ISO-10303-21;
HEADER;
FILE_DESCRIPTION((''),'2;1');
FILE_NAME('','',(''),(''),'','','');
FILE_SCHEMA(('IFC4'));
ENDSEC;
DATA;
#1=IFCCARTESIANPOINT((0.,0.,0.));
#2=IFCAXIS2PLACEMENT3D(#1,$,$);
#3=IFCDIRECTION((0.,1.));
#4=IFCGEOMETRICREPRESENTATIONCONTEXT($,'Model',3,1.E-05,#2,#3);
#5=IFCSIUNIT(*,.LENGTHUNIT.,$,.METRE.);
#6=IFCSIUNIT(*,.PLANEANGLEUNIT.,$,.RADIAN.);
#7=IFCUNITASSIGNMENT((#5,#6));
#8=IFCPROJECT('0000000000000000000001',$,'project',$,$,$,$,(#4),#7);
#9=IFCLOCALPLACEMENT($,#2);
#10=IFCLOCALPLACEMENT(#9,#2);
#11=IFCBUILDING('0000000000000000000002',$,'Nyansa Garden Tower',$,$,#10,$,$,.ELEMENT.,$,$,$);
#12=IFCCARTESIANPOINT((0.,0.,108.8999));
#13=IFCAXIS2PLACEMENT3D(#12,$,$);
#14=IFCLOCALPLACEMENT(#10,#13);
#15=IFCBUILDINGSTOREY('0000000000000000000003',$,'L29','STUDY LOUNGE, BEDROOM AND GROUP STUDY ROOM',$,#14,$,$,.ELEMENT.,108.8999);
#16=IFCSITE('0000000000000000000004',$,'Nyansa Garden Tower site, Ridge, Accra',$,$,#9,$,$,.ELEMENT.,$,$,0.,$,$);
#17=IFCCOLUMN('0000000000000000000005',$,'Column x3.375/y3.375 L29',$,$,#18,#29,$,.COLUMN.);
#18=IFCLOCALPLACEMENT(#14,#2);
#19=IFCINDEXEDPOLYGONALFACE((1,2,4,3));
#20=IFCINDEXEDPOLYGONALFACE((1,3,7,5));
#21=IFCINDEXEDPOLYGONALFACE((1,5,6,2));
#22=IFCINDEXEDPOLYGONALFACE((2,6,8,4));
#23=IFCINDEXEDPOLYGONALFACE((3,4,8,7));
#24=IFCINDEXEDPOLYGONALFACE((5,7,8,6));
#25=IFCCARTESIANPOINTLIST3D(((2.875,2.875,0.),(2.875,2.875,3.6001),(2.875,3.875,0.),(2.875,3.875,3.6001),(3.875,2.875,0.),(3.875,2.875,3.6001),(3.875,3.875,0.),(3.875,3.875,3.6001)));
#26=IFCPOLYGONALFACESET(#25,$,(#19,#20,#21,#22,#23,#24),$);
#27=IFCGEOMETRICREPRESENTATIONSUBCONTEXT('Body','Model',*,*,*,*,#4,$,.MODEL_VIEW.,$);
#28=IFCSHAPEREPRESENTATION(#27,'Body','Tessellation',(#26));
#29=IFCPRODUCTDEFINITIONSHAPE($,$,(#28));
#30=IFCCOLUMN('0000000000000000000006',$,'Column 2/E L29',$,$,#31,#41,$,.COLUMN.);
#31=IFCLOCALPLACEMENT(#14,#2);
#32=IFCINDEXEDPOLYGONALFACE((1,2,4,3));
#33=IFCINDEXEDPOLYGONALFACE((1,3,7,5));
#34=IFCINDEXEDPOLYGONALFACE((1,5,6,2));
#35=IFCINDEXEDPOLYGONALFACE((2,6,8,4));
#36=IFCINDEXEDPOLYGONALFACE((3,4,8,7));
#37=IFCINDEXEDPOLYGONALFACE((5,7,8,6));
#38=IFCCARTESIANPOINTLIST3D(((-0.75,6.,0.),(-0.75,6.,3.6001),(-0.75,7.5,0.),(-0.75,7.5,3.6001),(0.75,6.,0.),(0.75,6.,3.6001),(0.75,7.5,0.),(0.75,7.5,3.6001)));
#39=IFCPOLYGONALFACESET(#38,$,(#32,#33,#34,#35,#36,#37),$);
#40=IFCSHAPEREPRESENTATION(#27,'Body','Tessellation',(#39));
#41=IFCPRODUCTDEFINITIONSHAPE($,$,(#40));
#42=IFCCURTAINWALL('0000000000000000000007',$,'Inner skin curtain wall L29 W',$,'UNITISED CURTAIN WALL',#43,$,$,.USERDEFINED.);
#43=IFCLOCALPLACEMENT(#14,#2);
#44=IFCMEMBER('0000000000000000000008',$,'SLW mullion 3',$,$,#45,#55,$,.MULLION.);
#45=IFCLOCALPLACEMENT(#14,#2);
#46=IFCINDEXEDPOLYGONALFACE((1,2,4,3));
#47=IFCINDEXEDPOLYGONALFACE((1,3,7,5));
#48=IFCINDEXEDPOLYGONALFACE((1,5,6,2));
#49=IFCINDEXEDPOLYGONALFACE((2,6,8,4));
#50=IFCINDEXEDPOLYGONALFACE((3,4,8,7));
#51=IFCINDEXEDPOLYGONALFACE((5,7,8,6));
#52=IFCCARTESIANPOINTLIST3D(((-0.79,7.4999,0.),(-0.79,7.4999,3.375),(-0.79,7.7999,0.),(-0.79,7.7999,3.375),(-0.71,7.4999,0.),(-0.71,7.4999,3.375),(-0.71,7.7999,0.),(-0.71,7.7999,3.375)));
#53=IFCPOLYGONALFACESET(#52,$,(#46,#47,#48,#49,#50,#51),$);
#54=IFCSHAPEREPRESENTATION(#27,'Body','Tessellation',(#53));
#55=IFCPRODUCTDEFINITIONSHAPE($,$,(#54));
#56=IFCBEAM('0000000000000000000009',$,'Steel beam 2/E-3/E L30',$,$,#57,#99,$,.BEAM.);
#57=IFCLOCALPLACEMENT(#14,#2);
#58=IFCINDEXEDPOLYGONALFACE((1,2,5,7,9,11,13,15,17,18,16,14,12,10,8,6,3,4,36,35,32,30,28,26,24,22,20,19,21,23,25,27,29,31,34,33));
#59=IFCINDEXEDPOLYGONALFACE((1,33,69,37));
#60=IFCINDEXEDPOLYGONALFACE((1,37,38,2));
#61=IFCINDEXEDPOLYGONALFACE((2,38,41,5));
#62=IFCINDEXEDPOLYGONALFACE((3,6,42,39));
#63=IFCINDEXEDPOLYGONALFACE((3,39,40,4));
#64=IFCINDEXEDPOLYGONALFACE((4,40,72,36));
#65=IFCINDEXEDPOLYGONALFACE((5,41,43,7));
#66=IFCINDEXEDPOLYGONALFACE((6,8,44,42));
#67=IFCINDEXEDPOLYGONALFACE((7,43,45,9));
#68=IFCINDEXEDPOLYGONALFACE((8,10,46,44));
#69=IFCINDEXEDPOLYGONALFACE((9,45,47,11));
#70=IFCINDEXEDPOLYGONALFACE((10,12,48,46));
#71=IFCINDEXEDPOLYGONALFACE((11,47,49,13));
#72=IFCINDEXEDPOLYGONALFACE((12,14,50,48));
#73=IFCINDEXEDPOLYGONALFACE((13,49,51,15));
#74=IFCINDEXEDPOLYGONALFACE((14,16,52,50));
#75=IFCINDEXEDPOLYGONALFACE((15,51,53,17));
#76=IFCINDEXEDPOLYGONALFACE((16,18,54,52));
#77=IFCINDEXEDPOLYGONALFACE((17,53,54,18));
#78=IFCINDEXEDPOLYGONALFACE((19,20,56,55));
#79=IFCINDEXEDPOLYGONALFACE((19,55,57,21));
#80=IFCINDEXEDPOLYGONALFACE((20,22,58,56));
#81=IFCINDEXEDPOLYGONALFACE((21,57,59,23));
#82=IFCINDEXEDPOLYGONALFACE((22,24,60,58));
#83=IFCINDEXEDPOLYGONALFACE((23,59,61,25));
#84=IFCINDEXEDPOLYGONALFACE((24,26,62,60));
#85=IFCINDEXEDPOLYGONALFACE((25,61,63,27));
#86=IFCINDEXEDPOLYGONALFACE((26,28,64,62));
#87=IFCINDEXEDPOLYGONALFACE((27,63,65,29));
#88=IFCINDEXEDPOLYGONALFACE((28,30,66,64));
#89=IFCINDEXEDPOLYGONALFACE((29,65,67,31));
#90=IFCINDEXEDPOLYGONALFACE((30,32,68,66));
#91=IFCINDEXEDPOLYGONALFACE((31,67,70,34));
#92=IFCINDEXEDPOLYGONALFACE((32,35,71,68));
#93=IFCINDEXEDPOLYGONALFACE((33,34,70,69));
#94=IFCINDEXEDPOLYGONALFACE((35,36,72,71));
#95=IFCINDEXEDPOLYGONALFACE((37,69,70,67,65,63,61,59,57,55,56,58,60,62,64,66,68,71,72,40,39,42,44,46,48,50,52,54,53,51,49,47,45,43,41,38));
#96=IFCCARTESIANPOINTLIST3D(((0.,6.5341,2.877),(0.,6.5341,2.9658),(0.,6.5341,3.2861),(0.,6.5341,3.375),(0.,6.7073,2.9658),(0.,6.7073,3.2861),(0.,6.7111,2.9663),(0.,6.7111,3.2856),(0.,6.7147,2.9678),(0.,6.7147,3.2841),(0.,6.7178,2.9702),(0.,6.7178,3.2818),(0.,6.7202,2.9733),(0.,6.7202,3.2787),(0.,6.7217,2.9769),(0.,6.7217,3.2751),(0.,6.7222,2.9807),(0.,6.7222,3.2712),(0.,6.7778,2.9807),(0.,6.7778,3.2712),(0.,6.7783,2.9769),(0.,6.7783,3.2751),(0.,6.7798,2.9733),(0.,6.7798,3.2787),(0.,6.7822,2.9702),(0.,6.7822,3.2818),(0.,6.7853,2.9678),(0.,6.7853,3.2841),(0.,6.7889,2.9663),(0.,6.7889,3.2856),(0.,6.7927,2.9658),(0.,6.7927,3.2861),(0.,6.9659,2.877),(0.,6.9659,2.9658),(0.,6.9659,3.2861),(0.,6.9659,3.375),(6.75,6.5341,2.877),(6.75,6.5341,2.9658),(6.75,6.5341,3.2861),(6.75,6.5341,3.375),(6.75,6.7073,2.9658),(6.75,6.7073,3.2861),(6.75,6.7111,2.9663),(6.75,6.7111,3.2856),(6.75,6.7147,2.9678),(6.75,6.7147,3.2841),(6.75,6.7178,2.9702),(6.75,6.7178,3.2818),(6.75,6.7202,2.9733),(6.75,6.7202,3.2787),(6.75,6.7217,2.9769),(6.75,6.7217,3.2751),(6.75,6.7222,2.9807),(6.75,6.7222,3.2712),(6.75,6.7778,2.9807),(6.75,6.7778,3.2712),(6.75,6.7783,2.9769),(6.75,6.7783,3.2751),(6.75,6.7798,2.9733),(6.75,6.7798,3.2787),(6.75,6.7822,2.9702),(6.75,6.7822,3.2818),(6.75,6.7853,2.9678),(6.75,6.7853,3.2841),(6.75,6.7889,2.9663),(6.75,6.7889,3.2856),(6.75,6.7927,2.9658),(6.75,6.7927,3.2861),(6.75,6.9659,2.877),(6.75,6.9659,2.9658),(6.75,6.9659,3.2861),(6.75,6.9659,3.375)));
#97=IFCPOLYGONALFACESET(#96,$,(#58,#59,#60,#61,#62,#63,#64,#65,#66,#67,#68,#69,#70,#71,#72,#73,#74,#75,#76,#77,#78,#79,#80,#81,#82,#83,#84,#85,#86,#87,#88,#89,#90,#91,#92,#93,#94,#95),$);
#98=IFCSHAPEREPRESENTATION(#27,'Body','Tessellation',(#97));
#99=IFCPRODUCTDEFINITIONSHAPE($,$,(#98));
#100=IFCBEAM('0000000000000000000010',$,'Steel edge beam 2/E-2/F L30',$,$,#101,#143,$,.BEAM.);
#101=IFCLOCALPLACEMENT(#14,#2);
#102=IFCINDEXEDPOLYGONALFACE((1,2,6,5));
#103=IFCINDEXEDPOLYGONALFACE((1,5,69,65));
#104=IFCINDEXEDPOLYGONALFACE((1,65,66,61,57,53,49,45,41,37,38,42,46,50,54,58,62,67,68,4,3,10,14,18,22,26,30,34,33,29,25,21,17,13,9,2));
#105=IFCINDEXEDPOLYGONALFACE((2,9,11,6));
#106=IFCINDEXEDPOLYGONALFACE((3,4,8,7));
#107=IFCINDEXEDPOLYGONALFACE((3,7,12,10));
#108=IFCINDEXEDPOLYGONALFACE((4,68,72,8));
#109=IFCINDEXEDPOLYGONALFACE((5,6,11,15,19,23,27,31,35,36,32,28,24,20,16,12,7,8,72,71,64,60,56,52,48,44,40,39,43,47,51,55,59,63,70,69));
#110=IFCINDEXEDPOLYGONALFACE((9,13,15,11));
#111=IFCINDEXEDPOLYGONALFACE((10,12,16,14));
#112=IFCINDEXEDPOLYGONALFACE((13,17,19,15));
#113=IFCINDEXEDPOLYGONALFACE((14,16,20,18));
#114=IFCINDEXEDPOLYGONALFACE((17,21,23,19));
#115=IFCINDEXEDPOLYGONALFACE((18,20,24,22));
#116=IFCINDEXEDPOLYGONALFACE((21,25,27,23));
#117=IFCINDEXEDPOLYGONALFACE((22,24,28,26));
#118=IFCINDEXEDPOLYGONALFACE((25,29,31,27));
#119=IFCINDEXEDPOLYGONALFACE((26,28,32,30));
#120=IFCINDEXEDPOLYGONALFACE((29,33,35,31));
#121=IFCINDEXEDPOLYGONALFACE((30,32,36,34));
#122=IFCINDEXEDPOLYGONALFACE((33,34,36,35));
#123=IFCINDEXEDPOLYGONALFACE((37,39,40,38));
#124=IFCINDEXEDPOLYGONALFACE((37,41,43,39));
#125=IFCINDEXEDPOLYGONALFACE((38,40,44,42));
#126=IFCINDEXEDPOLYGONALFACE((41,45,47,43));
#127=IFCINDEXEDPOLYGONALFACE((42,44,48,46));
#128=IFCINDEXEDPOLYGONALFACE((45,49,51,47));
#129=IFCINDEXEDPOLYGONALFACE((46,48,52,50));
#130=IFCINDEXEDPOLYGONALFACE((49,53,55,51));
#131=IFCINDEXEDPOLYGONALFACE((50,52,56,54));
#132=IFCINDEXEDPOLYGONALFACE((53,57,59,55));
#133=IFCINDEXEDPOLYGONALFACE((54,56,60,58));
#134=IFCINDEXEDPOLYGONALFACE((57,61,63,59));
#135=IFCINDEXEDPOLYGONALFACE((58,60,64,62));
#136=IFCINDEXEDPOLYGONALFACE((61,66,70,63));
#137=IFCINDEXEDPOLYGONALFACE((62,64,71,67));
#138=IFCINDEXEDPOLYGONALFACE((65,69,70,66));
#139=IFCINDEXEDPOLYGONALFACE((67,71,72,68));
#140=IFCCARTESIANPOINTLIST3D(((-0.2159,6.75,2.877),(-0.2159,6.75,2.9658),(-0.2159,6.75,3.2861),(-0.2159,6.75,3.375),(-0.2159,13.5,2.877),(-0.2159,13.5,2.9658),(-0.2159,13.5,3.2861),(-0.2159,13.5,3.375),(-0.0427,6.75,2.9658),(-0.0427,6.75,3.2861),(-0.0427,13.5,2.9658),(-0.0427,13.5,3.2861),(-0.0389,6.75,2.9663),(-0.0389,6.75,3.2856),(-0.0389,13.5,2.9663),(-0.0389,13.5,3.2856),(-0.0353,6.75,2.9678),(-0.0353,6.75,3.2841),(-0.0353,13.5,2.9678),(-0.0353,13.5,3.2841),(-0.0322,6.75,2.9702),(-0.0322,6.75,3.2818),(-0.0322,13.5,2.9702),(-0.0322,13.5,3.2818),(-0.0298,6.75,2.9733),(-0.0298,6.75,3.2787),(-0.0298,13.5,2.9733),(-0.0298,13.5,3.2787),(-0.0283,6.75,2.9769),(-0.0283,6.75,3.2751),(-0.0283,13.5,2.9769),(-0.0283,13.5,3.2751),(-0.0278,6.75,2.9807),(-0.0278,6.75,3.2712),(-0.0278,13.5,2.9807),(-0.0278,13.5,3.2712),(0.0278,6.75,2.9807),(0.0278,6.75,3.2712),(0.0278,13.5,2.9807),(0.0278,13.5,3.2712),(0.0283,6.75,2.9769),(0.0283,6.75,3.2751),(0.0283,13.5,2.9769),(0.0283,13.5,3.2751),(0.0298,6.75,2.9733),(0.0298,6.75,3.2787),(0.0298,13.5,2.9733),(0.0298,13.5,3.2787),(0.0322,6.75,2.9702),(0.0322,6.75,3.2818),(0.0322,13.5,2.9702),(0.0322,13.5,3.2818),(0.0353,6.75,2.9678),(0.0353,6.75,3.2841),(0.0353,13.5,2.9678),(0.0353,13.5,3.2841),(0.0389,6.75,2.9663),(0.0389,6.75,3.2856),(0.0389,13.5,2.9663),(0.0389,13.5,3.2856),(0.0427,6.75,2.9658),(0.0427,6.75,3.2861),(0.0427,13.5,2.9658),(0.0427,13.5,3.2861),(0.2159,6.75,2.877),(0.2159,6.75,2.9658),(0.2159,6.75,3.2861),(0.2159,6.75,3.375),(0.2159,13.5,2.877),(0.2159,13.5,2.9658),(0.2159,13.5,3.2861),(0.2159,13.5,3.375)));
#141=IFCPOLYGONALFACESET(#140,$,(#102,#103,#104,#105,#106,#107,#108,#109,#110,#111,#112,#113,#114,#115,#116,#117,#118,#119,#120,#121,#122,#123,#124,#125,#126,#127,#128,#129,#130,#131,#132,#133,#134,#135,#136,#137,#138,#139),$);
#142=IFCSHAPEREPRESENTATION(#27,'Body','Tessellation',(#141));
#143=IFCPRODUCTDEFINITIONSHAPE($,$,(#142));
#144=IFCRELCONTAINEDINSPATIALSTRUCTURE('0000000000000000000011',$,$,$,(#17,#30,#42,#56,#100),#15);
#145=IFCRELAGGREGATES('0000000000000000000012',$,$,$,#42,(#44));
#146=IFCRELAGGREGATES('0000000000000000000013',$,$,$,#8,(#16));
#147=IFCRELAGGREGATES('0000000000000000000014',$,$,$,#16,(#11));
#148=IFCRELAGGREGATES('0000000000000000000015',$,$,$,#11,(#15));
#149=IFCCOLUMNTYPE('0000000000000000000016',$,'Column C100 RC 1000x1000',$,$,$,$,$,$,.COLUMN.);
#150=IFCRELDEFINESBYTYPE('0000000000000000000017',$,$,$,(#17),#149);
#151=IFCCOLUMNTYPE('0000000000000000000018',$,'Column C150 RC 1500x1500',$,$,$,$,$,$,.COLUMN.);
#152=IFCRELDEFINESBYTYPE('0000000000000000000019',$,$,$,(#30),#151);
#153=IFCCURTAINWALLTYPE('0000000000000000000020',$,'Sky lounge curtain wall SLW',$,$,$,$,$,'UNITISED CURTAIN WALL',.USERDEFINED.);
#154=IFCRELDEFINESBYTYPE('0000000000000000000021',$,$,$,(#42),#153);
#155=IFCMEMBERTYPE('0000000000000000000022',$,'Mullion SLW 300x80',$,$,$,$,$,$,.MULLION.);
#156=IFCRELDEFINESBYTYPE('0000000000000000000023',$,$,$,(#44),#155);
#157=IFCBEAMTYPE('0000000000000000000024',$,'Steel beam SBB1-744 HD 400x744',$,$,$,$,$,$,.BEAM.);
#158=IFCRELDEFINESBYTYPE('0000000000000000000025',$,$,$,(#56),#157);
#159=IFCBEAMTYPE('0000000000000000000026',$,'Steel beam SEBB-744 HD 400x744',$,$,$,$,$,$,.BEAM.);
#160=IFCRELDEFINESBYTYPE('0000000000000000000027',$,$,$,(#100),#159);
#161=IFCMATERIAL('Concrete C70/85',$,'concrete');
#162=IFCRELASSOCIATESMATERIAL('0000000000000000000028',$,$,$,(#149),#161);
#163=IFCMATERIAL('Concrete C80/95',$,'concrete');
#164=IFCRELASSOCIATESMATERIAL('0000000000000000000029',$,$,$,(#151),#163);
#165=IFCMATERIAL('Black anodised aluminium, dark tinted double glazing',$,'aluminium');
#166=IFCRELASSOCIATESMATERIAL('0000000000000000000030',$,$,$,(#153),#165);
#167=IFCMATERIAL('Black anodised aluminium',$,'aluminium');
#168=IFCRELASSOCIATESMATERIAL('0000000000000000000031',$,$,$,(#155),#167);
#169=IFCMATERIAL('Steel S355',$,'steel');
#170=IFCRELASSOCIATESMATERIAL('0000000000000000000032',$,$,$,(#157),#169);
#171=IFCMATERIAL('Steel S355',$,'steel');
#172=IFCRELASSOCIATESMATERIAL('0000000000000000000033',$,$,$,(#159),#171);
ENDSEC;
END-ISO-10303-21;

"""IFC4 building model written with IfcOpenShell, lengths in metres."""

from ifc_helpers import new_model, si_unit, direction, frame, origin, origin_2d, place, context, subcontext, project, spatial, rectangle, i_section, extrude, material, material_profile, profile_set, type_object, element, aggregate, save


model = new_model("IFC4")

# Units and contexts
model_context = context("Model", 3, precision=1e-05, world=origin(), true_north=direction((0.0, 1.0)))
body_context = subcontext(model_context, "Body", "Model", "MODEL_VIEW")
ifc_project = project(units=[si_unit("LENGTHUNIT", "METRE"), si_unit("PLANEANGLEUNIT", "RADIAN")], contexts=[model_context])

# Site, building, storey
site_placement = place(None, origin())
site = spatial("IfcSite", under=ifc_project, at=site_placement, Name="Nyansa Garden Tower site, Ridge, Accra", CompositionType="ELEMENT", RefElevation=0.0)
building_placement = place(site_placement, origin())
building = spatial("IfcBuilding", under=site, at=building_placement, Name="Nyansa Garden Tower", CompositionType="ELEMENT")
storey_placement = place(building_placement, frame((0.0, 0.0, 108.8999)))
storey = spatial("IfcBuildingStorey", under=building, at=storey_placement, Name="L29", Description="STUDY LOUNGE, BEDROOM AND GROUP STUDY ROOM", CompositionType="ELEMENT", Elevation=108.8999)

# Columns
ifc_material_1 = material(Name="Concrete C70/85", Category="concrete")
ifc_material_profile_1 = material_profile(ifc_material_1, rectangle(XDim=1.0, YDim=1.0, at=origin_2d()), Name="RC 1000x1000")
ifc_profile_set_1 = profile_set([ifc_material_profile_1], Name="Concrete C70/85")
column_type_1 = type_object("IfcColumnType", Name="Column C100 RC 1000x1000", PredefinedType="COLUMN", material=ifc_profile_set_1)
column_1_placement = place(storey_placement, frame((3.375, 3.375, 0.0), z_axis=(0.0, 0.0, 1.0), x_axis=(1.0, 0.0, 0.0)))
element("IfcColumn", 1, at=column_1_placement, inside=storey, type_object=column_type_1, Name="Column x3.375/y3.375 L29", PredefinedType="COLUMN", context=body_context, shape_type="SweptSolid", body=[
    extrude(rectangle(XDim=1.0, YDim=1.0, at=origin_2d()), origin(), (0.0, 0.0, 1.0), 3.6001),
])
ifc_material_2 = material(Name="Concrete C80/95", Category="concrete")
ifc_material_profile_2 = material_profile(ifc_material_2, rectangle(XDim=1.5, YDim=1.5, at=origin_2d()), Name="RC 1500x1500")
ifc_profile_set_2 = profile_set([ifc_material_profile_2], Name="Concrete C80/95")
column_type_2 = type_object("IfcColumnType", Name="Column C150 RC 1500x1500", PredefinedType="COLUMN", material=ifc_profile_set_2)
column_2_placement = place(storey_placement, frame((0.0, 6.75, 0.0), z_axis=(0.0, 0.0, 1.0), x_axis=(1.0, 0.0, 0.0)))
element("IfcColumn", 2, at=column_2_placement, inside=storey, type_object=column_type_2, Name="Column 2/E L29", PredefinedType="COLUMN", context=body_context, shape_type="SweptSolid", body=[
    extrude(rectangle(XDim=1.5, YDim=1.5, at=origin_2d()), origin(), (0.0, 0.0, 1.0), 3.6001),
])

# Curtain wall, member
ifc_material_3 = material(Name="Black anodised aluminium, dark tinted double glazing", Category="aluminium")
curtain_wall_type = type_object("IfcCurtainWallType", Name="Sky lounge curtain wall SLW", ElementType="UNITISED CURTAIN WALL", PredefinedType="USERDEFINED", material=ifc_material_3)
curtain_wall_placement = place(storey_placement, origin())
curtain_wall = element("IfcCurtainWall", 3, at=curtain_wall_placement, inside=storey, type_object=curtain_wall_type, Name="Inner skin curtain wall L29 W", ObjectType="UNITISED CURTAIN WALL", PredefinedType="USERDEFINED")
ifc_material_4 = material(Name="Black anodised aluminium", Category="aluminium")
ifc_material_profile_3 = material_profile(ifc_material_4, rectangle(XDim=0.0801, YDim=0.3, at=origin_2d()), Name="Mullion 300x80")
ifc_profile_set_3 = profile_set([ifc_material_profile_3], Name="Black anodised aluminium")
member_type = type_object("IfcMemberType", Name="Mullion SLW 300x80", PredefinedType="MULLION", material=ifc_profile_set_3)
member_placement = place(storey_placement, frame((-0.75, 7.6499, 0.0), z_axis=(0.0, 0.0, 1.0), x_axis=(1.0, 0.0, 0.0)))
member = element("IfcMember", 4, at=member_placement, type_object=member_type, Name="SLW mullion 3", PredefinedType="MULLION", context=body_context, shape_type="SweptSolid", body=[
    extrude(rectangle(XDim=0.0801, YDim=0.3, at=origin_2d()), origin(), (0.0, 0.0, 1.0), 3.375),
])

# Beams
ifc_material_5 = material(Name="Steel S355", Category="steel")
ifc_material_profile_4 = material_profile(ifc_material_5, i_section(OverallWidth=0.4319, OverallDepth=0.498, WebThickness=0.0557, FlangeThickness=0.0889, FilletRadius=0.0149, at=origin_2d()), Name="HD 400x744")
ifc_profile_set_4 = profile_set([ifc_material_profile_4], Name="Steel S355")
beam_type_1 = type_object("IfcBeamType", Name="Steel beam SBB1-744 HD 400x744", PredefinedType="BEAM", material=ifc_profile_set_4)
beam_1_placement = place(storey_placement, frame((0.0, 6.75, 3.126), z_axis=(1.0, 0.0, 0.0), x_axis=(0.0, 1.0, 0.0)))
element("IfcBeam", 5, at=beam_1_placement, inside=storey, type_object=beam_type_1, Name="Steel beam 2/E-3/E L30", PredefinedType="BEAM", context=body_context, shape_type="SweptSolid", body=[
    extrude(i_section(OverallWidth=0.4319, OverallDepth=0.498, WebThickness=0.0557, FlangeThickness=0.0889, FilletRadius=0.0149, at=origin_2d()), origin(), (0.0, 0.0, 1.0), 6.75),
])
ifc_material_6 = material(Name="Steel S355", Category="steel")
ifc_material_profile_5 = material_profile(ifc_material_6, i_section(OverallWidth=0.4319, OverallDepth=0.498, WebThickness=0.0557, FlangeThickness=0.0889, FilletRadius=0.0149, at=origin_2d()), Name="HD 400x744")
ifc_profile_set_5 = profile_set([ifc_material_profile_5], Name="Steel S355")
beam_type_2 = type_object("IfcBeamType", Name="Steel beam SEBB-744 HD 400x744", PredefinedType="BEAM", material=ifc_profile_set_5)
beam_2_placement = place(storey_placement, frame((0.0, 6.75, 3.126), z_axis=(0.0, 1.0, 0.0), x_axis=(-1.0, 0.0, 0.0)))
element("IfcBeam", 6, at=beam_2_placement, inside=storey, type_object=beam_type_2, Name="Steel edge beam 2/E-2/F L30", PredefinedType="BEAM", context=body_context, shape_type="SweptSolid", body=[
    extrude(i_section(OverallWidth=0.4319, OverallDepth=0.498, WebThickness=0.0557, FlangeThickness=0.0889, FilletRadius=0.0149, at=origin_2d()), origin(), (0.0, 0.0, 1.0), 6.75),
])

aggregate(curtain_wall, [member])

save(model, "model.ifc")
